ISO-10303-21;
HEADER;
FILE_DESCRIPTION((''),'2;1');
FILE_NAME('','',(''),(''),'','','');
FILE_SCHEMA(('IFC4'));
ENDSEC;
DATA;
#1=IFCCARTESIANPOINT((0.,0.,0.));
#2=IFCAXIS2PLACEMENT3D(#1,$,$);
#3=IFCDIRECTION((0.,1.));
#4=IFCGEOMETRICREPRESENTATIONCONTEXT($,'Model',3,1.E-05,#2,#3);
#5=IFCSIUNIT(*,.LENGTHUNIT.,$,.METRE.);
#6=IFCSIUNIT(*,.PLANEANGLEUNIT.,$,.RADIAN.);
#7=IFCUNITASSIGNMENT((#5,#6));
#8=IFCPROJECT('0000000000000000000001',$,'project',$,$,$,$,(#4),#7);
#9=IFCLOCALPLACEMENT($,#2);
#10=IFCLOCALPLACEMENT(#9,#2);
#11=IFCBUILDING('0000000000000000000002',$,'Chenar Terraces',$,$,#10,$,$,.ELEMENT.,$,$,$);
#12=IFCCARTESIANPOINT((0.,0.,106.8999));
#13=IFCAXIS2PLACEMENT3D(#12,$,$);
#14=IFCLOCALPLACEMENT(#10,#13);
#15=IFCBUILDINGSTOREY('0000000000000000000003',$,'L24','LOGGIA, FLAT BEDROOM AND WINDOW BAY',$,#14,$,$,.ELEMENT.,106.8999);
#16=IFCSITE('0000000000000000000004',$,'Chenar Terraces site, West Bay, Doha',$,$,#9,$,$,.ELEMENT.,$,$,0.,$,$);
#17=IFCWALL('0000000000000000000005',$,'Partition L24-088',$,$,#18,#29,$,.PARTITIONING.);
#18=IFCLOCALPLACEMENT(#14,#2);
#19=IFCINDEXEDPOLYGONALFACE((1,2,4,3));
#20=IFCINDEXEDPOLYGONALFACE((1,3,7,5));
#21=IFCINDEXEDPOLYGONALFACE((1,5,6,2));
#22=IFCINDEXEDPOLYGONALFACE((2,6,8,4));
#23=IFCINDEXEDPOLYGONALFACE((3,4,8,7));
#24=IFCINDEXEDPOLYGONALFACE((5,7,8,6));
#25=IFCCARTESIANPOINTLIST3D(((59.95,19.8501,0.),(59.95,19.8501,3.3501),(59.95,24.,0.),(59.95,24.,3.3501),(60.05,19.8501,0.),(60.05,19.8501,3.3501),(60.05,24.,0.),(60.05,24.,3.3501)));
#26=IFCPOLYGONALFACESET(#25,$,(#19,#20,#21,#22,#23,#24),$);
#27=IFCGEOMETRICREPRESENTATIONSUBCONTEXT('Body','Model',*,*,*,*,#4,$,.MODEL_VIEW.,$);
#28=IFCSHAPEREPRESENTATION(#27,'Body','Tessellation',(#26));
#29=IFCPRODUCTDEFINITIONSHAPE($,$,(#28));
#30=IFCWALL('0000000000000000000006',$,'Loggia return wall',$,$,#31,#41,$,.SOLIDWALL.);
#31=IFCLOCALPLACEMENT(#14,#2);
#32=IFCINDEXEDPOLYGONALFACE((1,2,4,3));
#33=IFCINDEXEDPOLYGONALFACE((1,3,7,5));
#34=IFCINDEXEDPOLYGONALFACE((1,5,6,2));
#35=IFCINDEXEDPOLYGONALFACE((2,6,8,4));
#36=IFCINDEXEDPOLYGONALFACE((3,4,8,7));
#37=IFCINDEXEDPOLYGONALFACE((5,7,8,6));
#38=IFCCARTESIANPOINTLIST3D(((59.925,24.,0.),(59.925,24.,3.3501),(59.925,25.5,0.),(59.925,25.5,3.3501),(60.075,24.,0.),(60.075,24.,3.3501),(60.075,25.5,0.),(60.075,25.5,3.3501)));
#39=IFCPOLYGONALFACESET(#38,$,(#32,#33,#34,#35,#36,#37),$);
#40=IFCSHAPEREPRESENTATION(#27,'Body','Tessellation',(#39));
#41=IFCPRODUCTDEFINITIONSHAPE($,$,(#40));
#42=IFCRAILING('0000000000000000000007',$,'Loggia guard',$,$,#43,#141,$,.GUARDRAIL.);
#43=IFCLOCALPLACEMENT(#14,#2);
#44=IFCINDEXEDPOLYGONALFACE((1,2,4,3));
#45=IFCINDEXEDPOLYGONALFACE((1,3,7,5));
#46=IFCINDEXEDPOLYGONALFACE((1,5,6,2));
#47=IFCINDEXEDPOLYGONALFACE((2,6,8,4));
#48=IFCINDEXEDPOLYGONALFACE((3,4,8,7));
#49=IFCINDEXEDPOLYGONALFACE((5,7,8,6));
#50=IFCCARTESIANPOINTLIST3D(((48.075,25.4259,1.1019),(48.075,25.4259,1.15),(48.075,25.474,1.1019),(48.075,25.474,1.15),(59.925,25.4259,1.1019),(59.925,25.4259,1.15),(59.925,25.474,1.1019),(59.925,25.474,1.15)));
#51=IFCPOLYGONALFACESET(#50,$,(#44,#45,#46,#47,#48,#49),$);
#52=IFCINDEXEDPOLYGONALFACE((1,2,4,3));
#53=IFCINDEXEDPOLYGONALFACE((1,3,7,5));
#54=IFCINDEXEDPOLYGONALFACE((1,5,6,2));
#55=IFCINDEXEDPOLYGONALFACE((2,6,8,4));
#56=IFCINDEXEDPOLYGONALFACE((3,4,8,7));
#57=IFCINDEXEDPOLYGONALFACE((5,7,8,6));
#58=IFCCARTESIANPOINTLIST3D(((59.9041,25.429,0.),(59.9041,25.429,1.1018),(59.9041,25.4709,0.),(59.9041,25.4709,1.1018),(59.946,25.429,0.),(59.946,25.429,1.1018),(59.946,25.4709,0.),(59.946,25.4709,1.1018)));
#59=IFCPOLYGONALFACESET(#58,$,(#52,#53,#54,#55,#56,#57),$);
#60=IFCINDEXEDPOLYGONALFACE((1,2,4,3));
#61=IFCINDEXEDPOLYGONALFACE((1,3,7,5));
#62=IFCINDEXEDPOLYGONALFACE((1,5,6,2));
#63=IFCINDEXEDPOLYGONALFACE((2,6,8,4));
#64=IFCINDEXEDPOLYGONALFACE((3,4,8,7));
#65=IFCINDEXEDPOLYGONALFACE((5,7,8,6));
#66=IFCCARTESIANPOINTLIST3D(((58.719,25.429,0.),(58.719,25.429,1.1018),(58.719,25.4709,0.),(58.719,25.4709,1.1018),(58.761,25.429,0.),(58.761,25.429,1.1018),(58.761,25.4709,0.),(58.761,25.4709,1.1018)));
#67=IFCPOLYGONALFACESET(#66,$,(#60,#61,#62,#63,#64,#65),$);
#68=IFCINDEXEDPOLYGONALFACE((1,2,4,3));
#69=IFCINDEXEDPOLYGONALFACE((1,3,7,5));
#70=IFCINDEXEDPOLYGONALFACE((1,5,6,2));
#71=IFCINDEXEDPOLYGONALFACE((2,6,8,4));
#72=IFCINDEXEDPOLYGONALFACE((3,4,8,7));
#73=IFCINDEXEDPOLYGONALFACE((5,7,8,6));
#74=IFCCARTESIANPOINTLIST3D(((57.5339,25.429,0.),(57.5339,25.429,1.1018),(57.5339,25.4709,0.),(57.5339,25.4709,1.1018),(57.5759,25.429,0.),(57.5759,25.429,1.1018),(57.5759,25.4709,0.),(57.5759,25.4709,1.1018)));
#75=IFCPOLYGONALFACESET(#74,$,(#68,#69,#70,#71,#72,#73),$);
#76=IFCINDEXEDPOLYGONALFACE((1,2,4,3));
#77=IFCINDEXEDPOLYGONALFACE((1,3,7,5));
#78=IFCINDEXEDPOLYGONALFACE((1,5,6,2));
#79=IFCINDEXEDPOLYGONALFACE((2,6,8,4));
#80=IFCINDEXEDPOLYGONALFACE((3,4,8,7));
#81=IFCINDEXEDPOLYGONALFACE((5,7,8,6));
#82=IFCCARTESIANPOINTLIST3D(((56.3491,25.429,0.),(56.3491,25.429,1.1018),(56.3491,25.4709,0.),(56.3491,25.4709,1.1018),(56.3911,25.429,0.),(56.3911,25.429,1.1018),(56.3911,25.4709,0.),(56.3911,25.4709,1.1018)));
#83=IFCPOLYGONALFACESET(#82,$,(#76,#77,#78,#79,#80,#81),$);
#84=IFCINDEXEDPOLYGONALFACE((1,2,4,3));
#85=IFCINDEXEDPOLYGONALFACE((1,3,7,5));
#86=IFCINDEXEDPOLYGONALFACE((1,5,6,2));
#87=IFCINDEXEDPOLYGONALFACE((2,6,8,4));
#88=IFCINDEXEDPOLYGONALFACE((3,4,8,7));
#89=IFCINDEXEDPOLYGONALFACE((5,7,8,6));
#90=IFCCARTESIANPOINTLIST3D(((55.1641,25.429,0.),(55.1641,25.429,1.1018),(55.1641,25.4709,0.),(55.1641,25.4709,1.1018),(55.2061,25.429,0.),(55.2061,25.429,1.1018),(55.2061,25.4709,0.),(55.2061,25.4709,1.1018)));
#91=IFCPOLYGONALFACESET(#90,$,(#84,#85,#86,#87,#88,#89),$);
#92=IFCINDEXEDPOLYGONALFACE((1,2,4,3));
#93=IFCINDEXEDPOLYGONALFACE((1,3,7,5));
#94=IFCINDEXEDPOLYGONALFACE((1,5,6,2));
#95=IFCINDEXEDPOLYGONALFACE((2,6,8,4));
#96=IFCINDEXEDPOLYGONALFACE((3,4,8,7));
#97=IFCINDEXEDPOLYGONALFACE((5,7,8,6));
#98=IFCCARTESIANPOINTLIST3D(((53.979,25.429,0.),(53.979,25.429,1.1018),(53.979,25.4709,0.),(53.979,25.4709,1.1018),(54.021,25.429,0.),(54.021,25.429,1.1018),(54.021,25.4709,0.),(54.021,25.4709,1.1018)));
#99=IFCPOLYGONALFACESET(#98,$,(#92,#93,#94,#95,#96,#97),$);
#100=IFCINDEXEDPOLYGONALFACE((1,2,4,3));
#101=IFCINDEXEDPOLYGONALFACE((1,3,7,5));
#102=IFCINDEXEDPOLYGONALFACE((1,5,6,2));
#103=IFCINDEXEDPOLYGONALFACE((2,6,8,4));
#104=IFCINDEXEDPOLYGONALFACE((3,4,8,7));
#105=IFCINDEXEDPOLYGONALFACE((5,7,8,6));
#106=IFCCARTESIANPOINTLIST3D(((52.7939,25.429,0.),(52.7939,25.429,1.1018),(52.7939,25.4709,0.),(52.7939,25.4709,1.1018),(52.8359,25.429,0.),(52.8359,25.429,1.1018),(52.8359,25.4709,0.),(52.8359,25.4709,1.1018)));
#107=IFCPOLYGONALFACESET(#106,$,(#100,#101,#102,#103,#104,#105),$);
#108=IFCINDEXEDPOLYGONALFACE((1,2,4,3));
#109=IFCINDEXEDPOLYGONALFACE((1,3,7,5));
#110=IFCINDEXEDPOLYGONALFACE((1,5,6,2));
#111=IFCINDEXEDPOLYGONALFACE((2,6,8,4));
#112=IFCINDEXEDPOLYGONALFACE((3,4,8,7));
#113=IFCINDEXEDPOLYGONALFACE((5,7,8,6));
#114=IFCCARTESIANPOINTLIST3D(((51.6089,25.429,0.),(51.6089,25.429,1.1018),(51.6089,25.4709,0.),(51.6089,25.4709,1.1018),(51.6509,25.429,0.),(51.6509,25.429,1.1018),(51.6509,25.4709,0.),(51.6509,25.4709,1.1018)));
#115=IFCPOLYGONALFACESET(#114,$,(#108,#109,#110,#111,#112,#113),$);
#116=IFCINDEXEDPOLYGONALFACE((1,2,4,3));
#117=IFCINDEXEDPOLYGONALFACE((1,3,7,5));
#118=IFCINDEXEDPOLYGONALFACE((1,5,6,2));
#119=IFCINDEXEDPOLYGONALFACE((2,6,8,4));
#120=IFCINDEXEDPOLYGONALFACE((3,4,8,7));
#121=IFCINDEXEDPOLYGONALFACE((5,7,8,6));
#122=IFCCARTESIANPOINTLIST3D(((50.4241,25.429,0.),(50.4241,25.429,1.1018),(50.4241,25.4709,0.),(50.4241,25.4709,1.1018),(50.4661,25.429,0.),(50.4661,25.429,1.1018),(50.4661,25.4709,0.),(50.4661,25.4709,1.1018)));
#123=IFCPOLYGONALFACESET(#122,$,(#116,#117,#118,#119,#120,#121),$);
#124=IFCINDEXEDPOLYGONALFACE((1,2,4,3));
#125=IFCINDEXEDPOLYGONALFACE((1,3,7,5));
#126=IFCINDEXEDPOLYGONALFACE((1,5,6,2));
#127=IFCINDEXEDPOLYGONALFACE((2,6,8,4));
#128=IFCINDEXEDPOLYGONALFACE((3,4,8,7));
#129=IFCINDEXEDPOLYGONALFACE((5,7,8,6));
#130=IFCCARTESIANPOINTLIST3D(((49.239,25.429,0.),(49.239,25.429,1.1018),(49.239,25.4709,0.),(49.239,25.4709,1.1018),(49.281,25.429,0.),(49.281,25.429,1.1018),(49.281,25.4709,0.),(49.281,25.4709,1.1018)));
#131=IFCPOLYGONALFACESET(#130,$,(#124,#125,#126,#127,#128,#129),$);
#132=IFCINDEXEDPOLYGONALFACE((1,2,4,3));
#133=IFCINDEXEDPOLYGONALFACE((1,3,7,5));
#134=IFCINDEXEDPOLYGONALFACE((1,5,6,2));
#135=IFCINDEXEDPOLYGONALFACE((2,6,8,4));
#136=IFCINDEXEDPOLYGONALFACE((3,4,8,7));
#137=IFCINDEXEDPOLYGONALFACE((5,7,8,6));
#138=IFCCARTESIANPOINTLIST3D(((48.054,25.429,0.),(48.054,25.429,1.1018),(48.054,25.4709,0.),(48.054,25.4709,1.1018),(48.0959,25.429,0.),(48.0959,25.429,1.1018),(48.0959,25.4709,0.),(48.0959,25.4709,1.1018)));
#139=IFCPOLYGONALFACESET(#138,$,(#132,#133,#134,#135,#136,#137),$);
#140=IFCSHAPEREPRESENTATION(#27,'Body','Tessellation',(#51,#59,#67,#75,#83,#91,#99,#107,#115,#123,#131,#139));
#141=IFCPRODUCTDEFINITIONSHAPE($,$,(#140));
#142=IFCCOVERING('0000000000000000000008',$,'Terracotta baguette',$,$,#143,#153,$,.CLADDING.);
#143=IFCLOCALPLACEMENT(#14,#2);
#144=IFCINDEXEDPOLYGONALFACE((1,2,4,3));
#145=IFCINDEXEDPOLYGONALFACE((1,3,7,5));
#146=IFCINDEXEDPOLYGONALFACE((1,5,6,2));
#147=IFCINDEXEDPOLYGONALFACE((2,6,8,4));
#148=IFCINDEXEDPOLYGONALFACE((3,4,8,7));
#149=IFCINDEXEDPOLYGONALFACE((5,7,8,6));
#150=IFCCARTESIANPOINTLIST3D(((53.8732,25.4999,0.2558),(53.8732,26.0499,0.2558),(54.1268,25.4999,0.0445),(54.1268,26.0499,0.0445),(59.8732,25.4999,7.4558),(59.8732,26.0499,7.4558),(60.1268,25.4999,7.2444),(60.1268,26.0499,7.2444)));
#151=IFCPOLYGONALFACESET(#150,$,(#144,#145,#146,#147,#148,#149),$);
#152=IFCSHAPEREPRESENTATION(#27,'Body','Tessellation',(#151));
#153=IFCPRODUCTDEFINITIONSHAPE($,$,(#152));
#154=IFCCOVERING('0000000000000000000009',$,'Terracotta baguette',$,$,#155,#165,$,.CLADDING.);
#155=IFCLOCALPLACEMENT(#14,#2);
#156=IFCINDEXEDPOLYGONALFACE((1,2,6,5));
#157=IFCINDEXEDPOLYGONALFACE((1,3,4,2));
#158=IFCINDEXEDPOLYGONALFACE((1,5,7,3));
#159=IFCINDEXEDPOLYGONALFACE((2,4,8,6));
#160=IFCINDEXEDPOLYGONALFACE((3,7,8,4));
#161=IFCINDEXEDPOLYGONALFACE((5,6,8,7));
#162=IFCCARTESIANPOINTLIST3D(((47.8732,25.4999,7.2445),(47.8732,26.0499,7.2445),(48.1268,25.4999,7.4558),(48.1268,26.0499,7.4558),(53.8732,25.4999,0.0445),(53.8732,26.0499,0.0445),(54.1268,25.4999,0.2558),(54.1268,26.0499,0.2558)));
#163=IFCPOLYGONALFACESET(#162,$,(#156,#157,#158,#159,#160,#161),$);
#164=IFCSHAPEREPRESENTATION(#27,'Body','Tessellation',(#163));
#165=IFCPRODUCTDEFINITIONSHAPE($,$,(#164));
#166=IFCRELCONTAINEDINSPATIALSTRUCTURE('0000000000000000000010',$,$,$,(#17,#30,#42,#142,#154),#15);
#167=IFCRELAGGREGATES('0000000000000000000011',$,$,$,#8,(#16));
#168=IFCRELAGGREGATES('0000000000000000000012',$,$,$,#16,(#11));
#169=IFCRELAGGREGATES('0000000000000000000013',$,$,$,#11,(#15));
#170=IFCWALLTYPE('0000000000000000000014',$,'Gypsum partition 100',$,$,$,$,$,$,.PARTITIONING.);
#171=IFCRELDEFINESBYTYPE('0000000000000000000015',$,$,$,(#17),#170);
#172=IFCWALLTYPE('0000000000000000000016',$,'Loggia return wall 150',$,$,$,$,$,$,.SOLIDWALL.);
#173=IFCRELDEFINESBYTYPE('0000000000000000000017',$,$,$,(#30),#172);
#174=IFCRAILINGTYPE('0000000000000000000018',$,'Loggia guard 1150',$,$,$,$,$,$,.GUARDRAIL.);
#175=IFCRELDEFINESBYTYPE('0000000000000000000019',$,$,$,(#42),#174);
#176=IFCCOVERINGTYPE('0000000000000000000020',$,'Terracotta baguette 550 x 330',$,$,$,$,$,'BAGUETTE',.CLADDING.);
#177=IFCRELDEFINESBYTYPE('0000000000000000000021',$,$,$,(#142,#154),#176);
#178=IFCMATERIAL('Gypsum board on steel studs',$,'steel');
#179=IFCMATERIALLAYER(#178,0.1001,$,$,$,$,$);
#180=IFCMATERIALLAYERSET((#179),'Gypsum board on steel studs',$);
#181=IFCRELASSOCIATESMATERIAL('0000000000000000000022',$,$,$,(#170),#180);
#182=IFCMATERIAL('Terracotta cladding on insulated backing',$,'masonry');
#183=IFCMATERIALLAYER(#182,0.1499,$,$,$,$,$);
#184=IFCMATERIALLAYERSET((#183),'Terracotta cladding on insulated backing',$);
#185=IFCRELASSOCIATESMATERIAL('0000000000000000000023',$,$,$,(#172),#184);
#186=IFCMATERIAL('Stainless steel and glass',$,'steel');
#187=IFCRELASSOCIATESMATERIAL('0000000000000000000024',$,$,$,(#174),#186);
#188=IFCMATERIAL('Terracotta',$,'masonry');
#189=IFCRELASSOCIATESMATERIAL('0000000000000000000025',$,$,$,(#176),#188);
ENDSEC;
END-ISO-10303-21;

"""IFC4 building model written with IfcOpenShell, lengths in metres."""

from ifc_helpers import new_model, si_unit, direction, frame, frame_2d, origin, origin_2d, place, context, subcontext, project, spatial, rectangle, extrude, material, layer, layer_set, material_profile, profile_set, type_object, element, save


model = new_model("IFC4")

# Units and contexts
model_context = context("Model", 3, precision=1e-05, world=origin(), true_north=direction((0.0, 1.0)))
body_context = subcontext(model_context, "Body", "Model", "MODEL_VIEW")
ifc_project = project(units=[si_unit("LENGTHUNIT", "METRE"), si_unit("PLANEANGLEUNIT", "RADIAN")], contexts=[model_context])

# Site, building, storey
site_placement = place(None, origin())
site = spatial("IfcSite", under=ifc_project, at=site_placement, Name="Chenar Terraces site, West Bay, Doha", CompositionType="ELEMENT", RefElevation=0.0)
building_placement = place(site_placement, origin())
building = spatial("IfcBuilding", under=site, at=building_placement, Name="Chenar Terraces", CompositionType="ELEMENT")
storey_placement = place(building_placement, frame((0.0, 0.0, 106.8999)))
storey = spatial("IfcBuildingStorey", under=building, at=storey_placement, Name="L24", Description="LOGGIA, FLAT BEDROOM AND WINDOW BAY", CompositionType="ELEMENT", Elevation=106.8999)

# Shared definitions
ifc_material_1 = material(Name="Gypsum board on steel studs", Category="steel")
ifc_layer_1 = layer(ifc_material_1, 0.1001)
ifc_layer_set_1 = layer_set([ifc_layer_1], Name="Gypsum board on steel studs")
wall_type_1 = type_object("IfcWallType", Name="Gypsum partition 100", PredefinedType="PARTITIONING", material=ifc_layer_set_1)

# Walls
wall_1_placement = place(storey_placement, frame((60.0, 19.8501, 0.0), z_axis=(0.0, 0.0, 1.0), x_axis=(0.0, 1.0, 0.0)))
element("IfcWall", 1, at=wall_1_placement, inside=storey, type_object=wall_type_1, Name="Partition L24-088", PredefinedType="PARTITIONING", context=body_context, shape_type="SweptSolid", body=[
    extrude(rectangle(XDim=4.1499, YDim=0.1001, at=frame_2d((2.075, 0.0))), origin(), (0.0, 0.0, 1.0), 3.3501),
])
ifc_material_2 = material(Name="Terracotta cladding on insulated backing", Category="masonry")
ifc_layer_2 = layer(ifc_material_2, 0.1499)
ifc_layer_set_2 = layer_set([ifc_layer_2], Name="Terracotta cladding on insulated backing")
wall_type_2 = type_object("IfcWallType", Name="Loggia return wall 150", PredefinedType="SOLIDWALL", material=ifc_layer_set_2)
wall_2_placement = place(storey_placement, frame((60.0, 25.5, 0.0), z_axis=(0.0, 0.0, 1.0), x_axis=(0.0, -1.0, 0.0)))
element("IfcWall", 2, at=wall_2_placement, inside=storey, type_object=wall_type_2, Name="Loggia return wall", PredefinedType="SOLIDWALL", context=body_context, shape_type="SweptSolid", body=[
    extrude(rectangle(XDim=1.5, YDim=0.1499, at=frame_2d((0.75, 0.0))), origin(), (0.0, 0.0, 1.0), 3.3501),
])

# Railing
ifc_material_3 = material(Name="Stainless steel and glass", Category="steel")
railing_type = type_object("IfcRailingType", Name="Loggia guard 1150", PredefinedType="GUARDRAIL", material=ifc_material_3)
railing_placement = place(storey_placement, frame((59.925, 25.45, 0.0)))
element("IfcRailing", 3, at=railing_placement, inside=storey, type_object=railing_type, Name="Loggia guard", PredefinedType="GUARDRAIL", context=body_context, shape_type="SweptSolid", body=[
    extrude(rectangle(XDim=0.0481, YDim=0.0481, at=origin_2d()), frame((0.0, 0.0, 1.126), z_axis=(-1.0, 0.0, 0.0), x_axis=(0.0, -1.0, 0.0)), (0.0, 0.0, 1.0), 11.8501),
    extrude(rectangle(XDim=0.042, YDim=0.042, at=origin_2d()), origin(), (0.0, 0.0, 1.0), 1.1018),
    extrude(rectangle(XDim=0.042, YDim=0.042, at=origin_2d()), frame((-1.1851, 0.0, 0.0)), (0.0, 0.0, 1.0), 1.1018),
    extrude(rectangle(XDim=0.042, YDim=0.042, at=origin_2d()), frame((-2.3701, 0.0, 0.0)), (0.0, 0.0, 1.0), 1.1018),
    extrude(rectangle(XDim=0.042, YDim=0.042, at=origin_2d()), frame((-3.5549, 0.0, 0.0)), (0.0, 0.0, 1.0), 1.1018),
    extrude(rectangle(XDim=0.042, YDim=0.042, at=origin_2d()), frame((-4.74, 0.0, 0.0)), (0.0, 0.0, 1.0), 1.1018),
    extrude(rectangle(XDim=0.042, YDim=0.042, at=origin_2d()), frame((-5.925, 0.0, 0.0)), (0.0, 0.0, 1.0), 1.1018),
    extrude(rectangle(XDim=0.042, YDim=0.042, at=origin_2d()), frame((-7.1101, 0.0, 0.0)), (0.0, 0.0, 1.0), 1.1018),
    extrude(rectangle(XDim=0.042, YDim=0.042, at=origin_2d()), frame((-8.2952, 0.0, 0.0)), (0.0, 0.0, 1.0), 1.1018),
    extrude(rectangle(XDim=0.042, YDim=0.042, at=origin_2d()), frame((-9.48, 0.0, 0.0)), (0.0, 0.0, 1.0), 1.1018),
    extrude(rectangle(XDim=0.042, YDim=0.042, at=origin_2d()), frame((-10.665, 0.0, 0.0)), (0.0, 0.0, 1.0), 1.1018),
    extrude(rectangle(XDim=0.042, YDim=0.042, at=origin_2d()), frame((-11.8501, 0.0, 0.0)), (0.0, 0.0, 1.0), 1.1018),
])

# Coverings
ifc_material_4 = material(Name="Terracotta", Category="masonry")
ifc_material_profile_1 = material_profile(ifc_material_4, rectangle(XDim=0.55, YDim=0.3301, at=origin_2d()), Name="Terracotta baguette 550 x 330")
ifc_profile_set_1 = profile_set([ifc_material_profile_1], Name="Terracotta")
covering_type = type_object("IfcCoveringType", Name="Terracotta baguette 550 x 330", ElementType="BAGUETTE", PredefinedType="CLADDING", material=ifc_profile_set_1)
for number, where, z_axis, x_axis, name in (
    (4, (60.0, 25.7749, 7.3501), (-0.640187, 0.0, -0.768219), (0.0, -1.0, 0.0), "Terracotta baguette"),
    (5, (54.0, 25.7749, 0.1501), (-0.640187, 0.0, 0.768219), (0.0, -1.0, 0.0), "Terracotta baguette"),
):
    element("IfcCovering", number, at=place(storey_placement, frame(where, z_axis=z_axis, x_axis=x_axis)), inside=storey, type_object=covering_type, Name=name, PredefinedType="CLADDING", context=body_context, shape_type="SweptSolid", body=[
        extrude(rectangle(XDim=0.55, YDim=0.3301, at=origin_2d()), origin(), (0.0, 0.0, 1.0), 9.3723),
    ])

save(model, "model.ifc")
